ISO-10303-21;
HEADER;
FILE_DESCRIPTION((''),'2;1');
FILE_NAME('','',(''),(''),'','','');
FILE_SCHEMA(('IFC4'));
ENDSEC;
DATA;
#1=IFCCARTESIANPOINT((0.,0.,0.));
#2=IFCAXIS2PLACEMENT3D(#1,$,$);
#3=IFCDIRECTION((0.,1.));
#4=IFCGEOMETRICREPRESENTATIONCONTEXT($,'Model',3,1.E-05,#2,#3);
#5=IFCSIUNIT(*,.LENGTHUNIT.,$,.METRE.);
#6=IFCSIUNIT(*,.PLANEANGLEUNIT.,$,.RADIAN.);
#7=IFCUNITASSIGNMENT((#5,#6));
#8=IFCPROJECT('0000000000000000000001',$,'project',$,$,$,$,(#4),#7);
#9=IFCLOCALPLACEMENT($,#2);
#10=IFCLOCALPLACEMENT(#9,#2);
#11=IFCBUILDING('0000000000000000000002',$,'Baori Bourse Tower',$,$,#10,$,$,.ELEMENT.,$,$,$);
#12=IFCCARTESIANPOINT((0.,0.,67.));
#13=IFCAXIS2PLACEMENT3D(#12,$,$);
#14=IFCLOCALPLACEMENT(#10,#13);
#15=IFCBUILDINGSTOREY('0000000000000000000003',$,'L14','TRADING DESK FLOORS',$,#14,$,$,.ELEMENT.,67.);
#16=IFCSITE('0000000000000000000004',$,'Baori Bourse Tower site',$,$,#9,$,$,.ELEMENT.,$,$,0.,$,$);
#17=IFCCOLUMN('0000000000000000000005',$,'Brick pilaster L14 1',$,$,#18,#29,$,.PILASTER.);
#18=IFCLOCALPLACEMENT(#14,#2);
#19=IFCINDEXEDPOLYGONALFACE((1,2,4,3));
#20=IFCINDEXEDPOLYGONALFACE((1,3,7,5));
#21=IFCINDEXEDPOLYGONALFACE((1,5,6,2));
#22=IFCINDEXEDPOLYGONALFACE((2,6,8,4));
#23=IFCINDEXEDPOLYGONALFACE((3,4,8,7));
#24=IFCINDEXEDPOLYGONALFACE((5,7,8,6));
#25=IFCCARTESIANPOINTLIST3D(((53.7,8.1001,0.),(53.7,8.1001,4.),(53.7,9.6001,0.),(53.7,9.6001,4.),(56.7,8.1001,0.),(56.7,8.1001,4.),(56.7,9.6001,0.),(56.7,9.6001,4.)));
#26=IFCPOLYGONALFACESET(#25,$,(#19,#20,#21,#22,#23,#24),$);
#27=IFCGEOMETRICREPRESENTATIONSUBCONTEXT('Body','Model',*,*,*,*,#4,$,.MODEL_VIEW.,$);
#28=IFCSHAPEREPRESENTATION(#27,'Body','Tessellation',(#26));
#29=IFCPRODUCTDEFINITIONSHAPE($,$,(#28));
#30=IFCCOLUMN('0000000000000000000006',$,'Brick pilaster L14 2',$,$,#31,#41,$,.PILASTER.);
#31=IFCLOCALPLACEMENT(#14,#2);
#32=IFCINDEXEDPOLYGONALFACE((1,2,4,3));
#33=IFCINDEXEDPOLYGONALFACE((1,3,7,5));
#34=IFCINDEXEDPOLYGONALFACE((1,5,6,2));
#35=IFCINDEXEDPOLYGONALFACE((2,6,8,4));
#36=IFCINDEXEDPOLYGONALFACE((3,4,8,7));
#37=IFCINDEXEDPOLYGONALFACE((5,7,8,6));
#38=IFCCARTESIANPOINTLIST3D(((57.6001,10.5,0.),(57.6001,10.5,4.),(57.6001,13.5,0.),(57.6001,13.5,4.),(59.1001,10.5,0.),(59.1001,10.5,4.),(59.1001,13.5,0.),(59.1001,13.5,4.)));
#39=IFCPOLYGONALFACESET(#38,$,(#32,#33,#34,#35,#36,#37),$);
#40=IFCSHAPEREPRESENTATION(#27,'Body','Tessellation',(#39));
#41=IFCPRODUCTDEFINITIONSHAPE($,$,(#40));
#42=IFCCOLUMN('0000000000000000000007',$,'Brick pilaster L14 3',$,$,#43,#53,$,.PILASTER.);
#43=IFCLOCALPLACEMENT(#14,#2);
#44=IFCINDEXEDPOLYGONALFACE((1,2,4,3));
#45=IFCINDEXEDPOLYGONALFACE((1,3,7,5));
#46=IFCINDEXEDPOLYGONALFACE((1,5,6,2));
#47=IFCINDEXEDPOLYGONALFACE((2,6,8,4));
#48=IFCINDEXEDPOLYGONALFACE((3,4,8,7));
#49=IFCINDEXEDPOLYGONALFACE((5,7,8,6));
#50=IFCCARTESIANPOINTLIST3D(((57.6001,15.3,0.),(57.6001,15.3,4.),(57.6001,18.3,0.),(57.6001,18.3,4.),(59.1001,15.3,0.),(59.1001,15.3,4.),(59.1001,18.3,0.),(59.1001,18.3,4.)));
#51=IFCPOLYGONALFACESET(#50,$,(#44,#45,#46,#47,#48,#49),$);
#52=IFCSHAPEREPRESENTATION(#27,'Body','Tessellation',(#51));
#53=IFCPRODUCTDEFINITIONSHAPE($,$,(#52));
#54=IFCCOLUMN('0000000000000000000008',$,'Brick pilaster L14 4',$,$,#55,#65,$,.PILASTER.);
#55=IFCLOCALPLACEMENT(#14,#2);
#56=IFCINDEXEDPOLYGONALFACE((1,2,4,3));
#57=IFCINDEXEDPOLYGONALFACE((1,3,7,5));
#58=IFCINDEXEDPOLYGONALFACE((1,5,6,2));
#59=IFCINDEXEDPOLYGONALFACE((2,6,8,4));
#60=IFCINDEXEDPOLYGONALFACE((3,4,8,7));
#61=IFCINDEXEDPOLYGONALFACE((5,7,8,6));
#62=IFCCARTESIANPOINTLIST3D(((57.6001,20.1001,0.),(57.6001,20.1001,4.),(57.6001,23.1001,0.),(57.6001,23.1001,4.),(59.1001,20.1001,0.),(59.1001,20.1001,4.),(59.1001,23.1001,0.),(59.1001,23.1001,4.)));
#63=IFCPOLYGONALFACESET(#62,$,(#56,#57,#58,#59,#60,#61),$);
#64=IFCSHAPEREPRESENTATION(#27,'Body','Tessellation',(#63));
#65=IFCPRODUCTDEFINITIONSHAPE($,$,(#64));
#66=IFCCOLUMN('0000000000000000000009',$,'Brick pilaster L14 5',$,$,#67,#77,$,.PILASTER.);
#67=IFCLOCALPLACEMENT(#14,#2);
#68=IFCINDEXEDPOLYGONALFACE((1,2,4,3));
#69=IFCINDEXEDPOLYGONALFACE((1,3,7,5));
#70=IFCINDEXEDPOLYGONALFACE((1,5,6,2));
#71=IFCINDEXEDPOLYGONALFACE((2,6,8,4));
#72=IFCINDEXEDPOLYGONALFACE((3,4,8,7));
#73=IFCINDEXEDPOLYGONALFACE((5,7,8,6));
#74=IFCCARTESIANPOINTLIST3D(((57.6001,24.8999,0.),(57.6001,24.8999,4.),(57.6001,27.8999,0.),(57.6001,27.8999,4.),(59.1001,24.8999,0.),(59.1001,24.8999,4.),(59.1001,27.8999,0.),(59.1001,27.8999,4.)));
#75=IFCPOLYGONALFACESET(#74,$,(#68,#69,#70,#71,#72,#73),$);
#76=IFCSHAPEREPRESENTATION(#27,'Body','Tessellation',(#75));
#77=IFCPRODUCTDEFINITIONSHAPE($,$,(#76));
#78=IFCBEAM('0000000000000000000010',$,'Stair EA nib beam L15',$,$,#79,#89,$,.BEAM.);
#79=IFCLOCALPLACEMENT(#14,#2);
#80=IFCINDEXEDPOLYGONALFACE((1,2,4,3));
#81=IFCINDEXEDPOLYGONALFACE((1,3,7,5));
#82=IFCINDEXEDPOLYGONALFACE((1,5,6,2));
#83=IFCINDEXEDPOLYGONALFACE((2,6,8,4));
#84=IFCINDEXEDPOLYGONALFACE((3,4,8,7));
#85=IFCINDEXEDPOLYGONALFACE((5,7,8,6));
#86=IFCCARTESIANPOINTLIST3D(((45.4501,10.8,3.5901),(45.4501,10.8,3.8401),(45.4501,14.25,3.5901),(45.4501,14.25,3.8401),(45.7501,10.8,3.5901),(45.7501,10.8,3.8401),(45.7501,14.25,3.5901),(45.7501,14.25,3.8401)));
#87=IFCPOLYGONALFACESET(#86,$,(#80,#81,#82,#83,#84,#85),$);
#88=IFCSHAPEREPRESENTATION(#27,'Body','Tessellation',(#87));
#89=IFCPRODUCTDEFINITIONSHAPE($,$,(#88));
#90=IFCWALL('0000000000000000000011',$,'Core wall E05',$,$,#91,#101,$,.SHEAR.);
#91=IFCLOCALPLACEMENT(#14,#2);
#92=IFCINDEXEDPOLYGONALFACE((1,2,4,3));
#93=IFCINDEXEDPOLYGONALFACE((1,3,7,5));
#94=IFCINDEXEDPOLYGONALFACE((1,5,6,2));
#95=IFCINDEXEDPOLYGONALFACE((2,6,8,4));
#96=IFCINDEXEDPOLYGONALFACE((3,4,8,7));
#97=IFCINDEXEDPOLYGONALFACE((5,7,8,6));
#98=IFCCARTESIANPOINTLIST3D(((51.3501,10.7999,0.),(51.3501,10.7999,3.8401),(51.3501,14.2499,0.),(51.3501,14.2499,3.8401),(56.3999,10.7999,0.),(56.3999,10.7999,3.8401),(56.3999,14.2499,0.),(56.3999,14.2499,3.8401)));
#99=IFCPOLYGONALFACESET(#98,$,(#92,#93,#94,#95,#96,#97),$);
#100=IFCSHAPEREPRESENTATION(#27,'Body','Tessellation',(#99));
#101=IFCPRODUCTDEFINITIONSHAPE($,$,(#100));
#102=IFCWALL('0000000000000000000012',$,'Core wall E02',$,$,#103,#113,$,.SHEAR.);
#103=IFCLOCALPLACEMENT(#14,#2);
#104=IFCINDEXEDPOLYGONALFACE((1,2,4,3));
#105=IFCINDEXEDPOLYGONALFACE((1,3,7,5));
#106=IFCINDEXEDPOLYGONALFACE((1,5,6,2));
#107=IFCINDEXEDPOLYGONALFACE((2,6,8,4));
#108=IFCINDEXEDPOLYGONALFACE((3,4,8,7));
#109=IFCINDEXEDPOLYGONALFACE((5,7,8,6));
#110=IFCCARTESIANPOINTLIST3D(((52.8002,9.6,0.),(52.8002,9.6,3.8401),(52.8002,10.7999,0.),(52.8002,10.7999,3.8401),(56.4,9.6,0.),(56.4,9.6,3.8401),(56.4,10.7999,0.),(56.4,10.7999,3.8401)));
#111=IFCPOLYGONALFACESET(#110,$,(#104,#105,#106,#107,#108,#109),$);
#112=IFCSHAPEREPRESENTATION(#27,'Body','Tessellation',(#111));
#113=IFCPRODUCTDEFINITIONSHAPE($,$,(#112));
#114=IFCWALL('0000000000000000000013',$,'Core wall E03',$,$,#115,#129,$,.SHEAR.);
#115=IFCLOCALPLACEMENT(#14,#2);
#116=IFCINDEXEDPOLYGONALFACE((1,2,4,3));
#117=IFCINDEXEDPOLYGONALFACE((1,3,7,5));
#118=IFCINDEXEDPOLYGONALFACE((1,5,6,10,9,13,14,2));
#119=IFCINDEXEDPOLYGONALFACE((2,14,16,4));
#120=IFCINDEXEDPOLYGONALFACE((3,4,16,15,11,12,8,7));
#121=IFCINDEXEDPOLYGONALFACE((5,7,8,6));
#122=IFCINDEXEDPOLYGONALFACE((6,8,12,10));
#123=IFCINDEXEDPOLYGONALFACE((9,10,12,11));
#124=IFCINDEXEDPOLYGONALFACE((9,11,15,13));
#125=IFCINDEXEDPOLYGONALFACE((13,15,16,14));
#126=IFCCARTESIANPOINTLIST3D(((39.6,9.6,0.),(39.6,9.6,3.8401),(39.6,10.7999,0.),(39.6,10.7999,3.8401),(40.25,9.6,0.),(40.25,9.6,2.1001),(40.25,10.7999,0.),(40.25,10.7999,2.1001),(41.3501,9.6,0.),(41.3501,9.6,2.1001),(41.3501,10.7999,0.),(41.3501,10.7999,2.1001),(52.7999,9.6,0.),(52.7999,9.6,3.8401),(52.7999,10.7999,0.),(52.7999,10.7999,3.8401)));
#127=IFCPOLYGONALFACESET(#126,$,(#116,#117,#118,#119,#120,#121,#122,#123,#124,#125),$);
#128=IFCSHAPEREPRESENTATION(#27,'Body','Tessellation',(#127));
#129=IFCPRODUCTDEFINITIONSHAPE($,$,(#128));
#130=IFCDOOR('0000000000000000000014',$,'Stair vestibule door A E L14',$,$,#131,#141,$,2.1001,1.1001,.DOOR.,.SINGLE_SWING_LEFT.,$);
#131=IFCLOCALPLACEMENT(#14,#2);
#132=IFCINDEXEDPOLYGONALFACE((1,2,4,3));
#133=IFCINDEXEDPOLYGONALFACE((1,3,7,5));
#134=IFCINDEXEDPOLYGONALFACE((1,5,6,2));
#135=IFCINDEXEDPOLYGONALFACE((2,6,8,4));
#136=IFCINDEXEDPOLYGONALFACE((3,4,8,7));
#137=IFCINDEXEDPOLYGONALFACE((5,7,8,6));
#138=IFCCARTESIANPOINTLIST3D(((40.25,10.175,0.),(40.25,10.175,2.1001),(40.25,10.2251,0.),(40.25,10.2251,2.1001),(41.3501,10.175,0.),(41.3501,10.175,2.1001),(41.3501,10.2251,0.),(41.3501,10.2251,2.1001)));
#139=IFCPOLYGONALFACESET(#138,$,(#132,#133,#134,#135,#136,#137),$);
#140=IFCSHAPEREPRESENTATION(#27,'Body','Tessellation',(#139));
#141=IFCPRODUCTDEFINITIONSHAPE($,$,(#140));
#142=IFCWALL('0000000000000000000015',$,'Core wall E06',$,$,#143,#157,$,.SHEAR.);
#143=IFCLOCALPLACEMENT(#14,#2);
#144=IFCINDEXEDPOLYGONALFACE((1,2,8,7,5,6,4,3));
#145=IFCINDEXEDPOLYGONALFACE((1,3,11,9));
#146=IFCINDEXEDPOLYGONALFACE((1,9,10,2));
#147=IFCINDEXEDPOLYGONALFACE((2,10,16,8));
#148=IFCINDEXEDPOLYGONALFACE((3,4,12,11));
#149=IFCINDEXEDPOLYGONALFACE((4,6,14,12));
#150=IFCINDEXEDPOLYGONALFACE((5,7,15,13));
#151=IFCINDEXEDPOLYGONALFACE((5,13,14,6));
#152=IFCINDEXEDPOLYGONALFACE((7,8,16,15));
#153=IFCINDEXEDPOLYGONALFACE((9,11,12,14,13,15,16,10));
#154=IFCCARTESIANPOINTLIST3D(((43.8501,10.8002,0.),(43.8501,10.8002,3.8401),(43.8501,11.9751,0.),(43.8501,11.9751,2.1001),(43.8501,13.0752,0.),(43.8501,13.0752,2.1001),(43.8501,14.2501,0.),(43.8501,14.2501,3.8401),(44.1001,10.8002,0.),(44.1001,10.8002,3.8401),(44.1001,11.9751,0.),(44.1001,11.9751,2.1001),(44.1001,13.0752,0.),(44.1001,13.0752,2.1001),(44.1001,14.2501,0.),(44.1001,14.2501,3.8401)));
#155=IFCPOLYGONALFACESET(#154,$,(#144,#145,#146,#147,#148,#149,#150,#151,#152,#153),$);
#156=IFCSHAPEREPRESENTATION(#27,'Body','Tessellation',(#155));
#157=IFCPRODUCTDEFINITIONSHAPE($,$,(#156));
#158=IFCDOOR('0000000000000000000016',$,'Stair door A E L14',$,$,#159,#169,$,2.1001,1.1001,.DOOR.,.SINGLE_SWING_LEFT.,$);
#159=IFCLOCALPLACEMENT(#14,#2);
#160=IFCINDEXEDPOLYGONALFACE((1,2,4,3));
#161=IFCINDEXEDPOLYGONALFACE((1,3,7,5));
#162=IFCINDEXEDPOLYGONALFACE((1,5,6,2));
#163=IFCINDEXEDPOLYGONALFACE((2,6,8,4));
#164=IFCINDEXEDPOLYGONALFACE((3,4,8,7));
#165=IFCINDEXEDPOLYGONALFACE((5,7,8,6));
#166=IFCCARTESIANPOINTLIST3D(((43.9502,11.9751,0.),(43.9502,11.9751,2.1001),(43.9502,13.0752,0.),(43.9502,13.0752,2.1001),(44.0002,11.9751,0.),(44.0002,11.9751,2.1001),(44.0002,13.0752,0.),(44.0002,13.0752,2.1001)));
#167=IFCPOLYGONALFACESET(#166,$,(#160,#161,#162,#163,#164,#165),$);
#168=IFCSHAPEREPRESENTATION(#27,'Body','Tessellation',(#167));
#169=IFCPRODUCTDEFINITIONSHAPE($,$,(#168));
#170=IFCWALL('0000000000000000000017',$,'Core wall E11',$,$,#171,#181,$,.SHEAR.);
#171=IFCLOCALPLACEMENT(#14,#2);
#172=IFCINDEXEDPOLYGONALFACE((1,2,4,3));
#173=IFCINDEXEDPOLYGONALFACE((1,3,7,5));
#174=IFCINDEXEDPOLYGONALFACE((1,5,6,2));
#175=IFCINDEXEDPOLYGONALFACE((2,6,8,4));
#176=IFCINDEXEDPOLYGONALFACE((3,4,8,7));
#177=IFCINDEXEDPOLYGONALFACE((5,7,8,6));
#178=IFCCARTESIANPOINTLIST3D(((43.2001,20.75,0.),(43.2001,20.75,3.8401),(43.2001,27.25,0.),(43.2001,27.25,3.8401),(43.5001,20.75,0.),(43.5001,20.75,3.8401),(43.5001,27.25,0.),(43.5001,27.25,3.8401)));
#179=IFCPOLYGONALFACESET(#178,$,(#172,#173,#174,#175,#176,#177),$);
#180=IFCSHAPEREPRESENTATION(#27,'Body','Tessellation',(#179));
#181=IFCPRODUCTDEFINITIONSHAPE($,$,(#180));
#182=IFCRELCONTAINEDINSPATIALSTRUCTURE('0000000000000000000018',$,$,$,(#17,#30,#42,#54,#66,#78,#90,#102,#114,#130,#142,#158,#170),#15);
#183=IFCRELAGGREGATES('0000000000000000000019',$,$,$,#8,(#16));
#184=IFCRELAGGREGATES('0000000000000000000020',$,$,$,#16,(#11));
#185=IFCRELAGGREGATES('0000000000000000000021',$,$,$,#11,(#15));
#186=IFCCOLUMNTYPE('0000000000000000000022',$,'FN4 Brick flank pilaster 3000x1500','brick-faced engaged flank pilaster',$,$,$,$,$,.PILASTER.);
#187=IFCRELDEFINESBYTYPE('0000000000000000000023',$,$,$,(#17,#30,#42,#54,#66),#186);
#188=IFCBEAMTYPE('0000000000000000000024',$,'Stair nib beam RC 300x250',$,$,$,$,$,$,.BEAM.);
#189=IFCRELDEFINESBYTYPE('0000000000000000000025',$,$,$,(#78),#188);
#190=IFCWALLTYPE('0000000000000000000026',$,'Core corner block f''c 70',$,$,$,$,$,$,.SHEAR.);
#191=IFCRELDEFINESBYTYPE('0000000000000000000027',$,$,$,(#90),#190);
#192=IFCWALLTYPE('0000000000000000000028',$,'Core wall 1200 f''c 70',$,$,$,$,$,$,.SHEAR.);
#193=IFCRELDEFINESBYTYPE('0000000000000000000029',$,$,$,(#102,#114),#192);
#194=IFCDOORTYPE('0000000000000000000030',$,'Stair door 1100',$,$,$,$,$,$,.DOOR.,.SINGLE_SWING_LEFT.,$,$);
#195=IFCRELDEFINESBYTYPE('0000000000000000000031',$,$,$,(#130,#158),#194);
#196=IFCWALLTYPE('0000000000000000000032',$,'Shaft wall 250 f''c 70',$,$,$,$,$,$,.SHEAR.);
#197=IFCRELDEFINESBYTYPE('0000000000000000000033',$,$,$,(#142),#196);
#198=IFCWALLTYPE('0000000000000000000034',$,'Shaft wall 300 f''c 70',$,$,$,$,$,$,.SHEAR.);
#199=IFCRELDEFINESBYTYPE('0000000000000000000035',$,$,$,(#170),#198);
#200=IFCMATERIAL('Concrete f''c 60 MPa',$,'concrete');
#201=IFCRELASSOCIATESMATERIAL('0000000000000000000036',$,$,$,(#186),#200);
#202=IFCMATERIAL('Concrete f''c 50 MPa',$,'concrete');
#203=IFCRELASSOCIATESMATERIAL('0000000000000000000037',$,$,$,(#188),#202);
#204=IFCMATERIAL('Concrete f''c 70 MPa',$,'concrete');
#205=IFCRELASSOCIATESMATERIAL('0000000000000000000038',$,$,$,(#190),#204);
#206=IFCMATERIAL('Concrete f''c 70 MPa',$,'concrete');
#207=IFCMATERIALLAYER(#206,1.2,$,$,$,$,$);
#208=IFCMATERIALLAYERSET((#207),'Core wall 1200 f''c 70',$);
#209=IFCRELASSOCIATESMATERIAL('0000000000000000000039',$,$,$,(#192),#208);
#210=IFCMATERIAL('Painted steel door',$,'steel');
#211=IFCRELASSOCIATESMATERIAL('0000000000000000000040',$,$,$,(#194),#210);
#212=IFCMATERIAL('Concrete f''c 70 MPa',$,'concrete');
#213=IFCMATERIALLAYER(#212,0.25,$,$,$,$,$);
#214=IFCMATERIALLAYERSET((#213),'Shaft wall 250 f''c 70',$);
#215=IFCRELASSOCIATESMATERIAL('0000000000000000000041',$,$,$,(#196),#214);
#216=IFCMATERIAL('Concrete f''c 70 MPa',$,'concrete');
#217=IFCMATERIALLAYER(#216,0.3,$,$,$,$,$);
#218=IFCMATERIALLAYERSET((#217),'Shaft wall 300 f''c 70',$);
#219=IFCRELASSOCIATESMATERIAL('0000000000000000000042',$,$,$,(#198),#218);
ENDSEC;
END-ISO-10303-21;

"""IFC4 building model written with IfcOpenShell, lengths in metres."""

from ifc_helpers import new_model, si_unit, direction, frame, frame_2d, origin, origin_2d, place, context, subcontext, project, spatial, rectangle, extrude, material, layer, layer_set, material_profile, profile_set, type_object, element, fill, save


model = new_model("IFC4")

# Units and contexts
model_context = context("Model", 3, precision=1e-05, world=origin(), true_north=direction((0.0, 1.0)))
body_context = subcontext(model_context, "Body", "Model", "MODEL_VIEW")
ifc_project = project(units=[si_unit("LENGTHUNIT", "METRE"), si_unit("PLANEANGLEUNIT", "RADIAN")], contexts=[model_context])

# Site, building, storey
site_placement = place(None, origin())
site = spatial("IfcSite", under=ifc_project, at=site_placement, Name="Baori Bourse Tower site", CompositionType="ELEMENT", RefElevation=0.0)
building_placement = place(site_placement, origin())
building = spatial("IfcBuilding", under=site, at=building_placement, Name="Baori Bourse Tower", CompositionType="ELEMENT")
storey_placement = place(building_placement, frame((0.0, 0.0, 67.0)))
storey = spatial("IfcBuildingStorey", under=building, at=storey_placement, Name="L14", Description="TRADING DESK FLOORS", CompositionType="ELEMENT", Elevation=67.0)

# Columns
ifc_material_1 = material(Name="Concrete f'c 60 MPa", Category="concrete")
ifc_material_profile_1 = material_profile(ifc_material_1, rectangle(XDim=3.0, YDim=1.5, at=origin_2d()), Name="RC 3000x1500")
ifc_profile_set_1 = profile_set([ifc_material_profile_1], Name="Concrete f'c 60 MPa")
column_type = type_object("IfcColumnType", Name="FN4 Brick flank pilaster 3000x1500", Description="brick-faced engaged flank pilaster", PredefinedType="PILASTER", material=ifc_profile_set_1)
for number, where, z_axis, x_axis, name in (
    (1, (55.2, 8.8501, 0.0), (0.0, 0.0, 1.0), (1.0, 0.0, 0.0), "Brick pilaster L14 1"),
    (2, (58.3501, 12.0, 0.0), (0.0, 0.0, 1.0), (0.0, 1.0, 0.0), "Brick pilaster L14 2"),
    (3, (58.3501, 16.8, 0.0), (0.0, 0.0, 1.0), (0.0, 1.0, 0.0), "Brick pilaster L14 3"),
    (4, (58.3501, 21.6001, 0.0), (0.0, 0.0, 1.0), (0.0, 1.0, 0.0), "Brick pilaster L14 4"),
    (5, (58.3501, 26.3999, 0.0), (0.0, 0.0, 1.0), (0.0, 1.0, 0.0), "Brick pilaster L14 5"),
):
    element("IfcColumn", number, at=place(storey_placement, frame(where, z_axis=z_axis, x_axis=x_axis)), inside=storey, type_object=column_type, Name=name, PredefinedType="PILASTER", context=body_context, shape_type="SweptSolid", body=[
        extrude(rectangle(XDim=3.0, YDim=1.5, at=origin_2d()), origin(), (0.0, 0.0, 1.0), 4.0),
    ])

# Beam
ifc_material_2 = material(Name="Concrete f'c 50 MPa", Category="concrete")
ifc_material_profile_2 = material_profile(ifc_material_2, rectangle(XDim=0.3, YDim=0.25, at=origin_2d()), Name="RC 300x250")
ifc_profile_set_2 = profile_set([ifc_material_profile_2], Name="Concrete f'c 50 MPa")
beam_type = type_object("IfcBeamType", Name="Stair nib beam RC 300x250", PredefinedType="BEAM", material=ifc_profile_set_2)
beam_placement = place(storey_placement, frame((45.6001, 10.8, 3.7151), z_axis=(0.0, 1.0, 0.0), x_axis=(-1.0, 0.0, 0.0)))
element("IfcBeam", 6, at=beam_placement, inside=storey, type_object=beam_type, Name="Stair EA nib beam L15", PredefinedType="BEAM", context=body_context, shape_type="SweptSolid", body=[
    extrude(rectangle(XDim=0.3, YDim=0.25, at=origin_2d()), origin(), (0.0, 0.0, 1.0), 3.45),
])

# Walls
ifc_material_3 = material(Name="Concrete f'c 70 MPa", Category="concrete")
wall_type_1 = type_object("IfcWallType", Name="Core corner block f'c 70", PredefinedType="SHEAR", material=ifc_material_3)
wall_1_placement = place(storey_placement, frame((51.3501, 12.5249, 0.0), z_axis=(0.0, 0.0, 1.0), x_axis=(1.0, 0.0, 0.0)))
element("IfcWall", 7, at=wall_1_placement, inside=storey, type_object=wall_type_1, Name="Core wall E05", PredefinedType="SHEAR", context=body_context, shape_type="SweptSolid", body=[
    extrude(rectangle(XDim=5.0498, YDim=3.45, at=frame_2d((2.5249, 0.0))), origin(), (0.0, 0.0, 1.0), 3.8401),
])
ifc_material_4 = material(Name="Concrete f'c 70 MPa", Category="concrete")
ifc_layer_1 = layer(ifc_material_4, 1.2)
ifc_layer_set_1 = layer_set([ifc_layer_1], Name="Core wall 1200 f'c 70")
wall_type_2 = type_object("IfcWallType", Name="Core wall 1200 f'c 70", PredefinedType="SHEAR", material=ifc_layer_set_1)
wall_2_placement = place(storey_placement, frame((56.3999, 10.2, 0.0), z_axis=(0.0, 0.0, 1.0), x_axis=(-1.0, 0.0, 0.0)))
element("IfcWall", 8, at=wall_2_placement, inside=storey, type_object=wall_type_2, Name="Core wall E02", PredefinedType="SHEAR", context=body_context, shape_type="SweptSolid", body=[
    extrude(rectangle(XDim=3.5999, YDim=1.2, at=frame_2d((1.7998, 0.0))), origin(), (0.0, 0.0, 1.0), 3.8401),
])

# Walls, openings, doors
wall_3_placement = place(storey_placement, frame((52.8, 10.2, 0.0), z_axis=(0.0, 0.0, 1.0), x_axis=(-1.0, 0.0, 0.0)))
wall_3 = element("IfcWall", 9, at=wall_3_placement, inside=storey, type_object=wall_type_2, Name="Core wall E03", PredefinedType="SHEAR", context=body_context, shape_type="SweptSolid", body=[
    extrude(rectangle(XDim=13.2, YDim=1.2, at=frame_2d((6.6001, 0.0))), origin(), (0.0, 0.0, 1.0), 3.8401),
])
opening_1_placement = place(wall_3_placement, frame((11.45, 0.0, 0.0)))
opening_1 = element("IfcOpeningElement", 10, at=opening_1_placement, cuts=wall_3, PredefinedType="OPENING", context=body_context, shape_type="SweptSolid", body=[
    extrude(rectangle(XDim=1.1001, YDim=2.1001, at=frame_2d((0.55, 1.05))), frame((0.0, 0.6099, 0.0), z_axis=(0.0, -1.0, 0.0), x_axis=(1.0, 0.0, 0.0)), (0.0, 0.0, 1.0), 1.22),
])
ifc_material_5 = material(Name="Painted steel door", Category="steel")
door_type_1 = type_object("IfcDoorType", Name="Stair door 1100", OperationType="SINGLE_SWING_LEFT", PredefinedType="DOOR", material=ifc_material_5)
door_1_placement = place(opening_1_placement, origin())
door_1 = element("IfcDoor", 11, at=door_1_placement, inside=storey, type_object=door_type_1, Name="Stair vestibule door A E L14", OperationType="SINGLE_SWING_LEFT", OverallHeight=2.1001, OverallWidth=1.1001, PredefinedType="DOOR", context=body_context, shape_type="SweptSolid", body=[
    extrude(rectangle(XDim=1.1001, YDim=2.1001, at=frame_2d((0.55, 1.05))), frame((0.0, 0.0249, 0.0), z_axis=(0.0, -1.0, 0.0), x_axis=(1.0, 0.0, 0.0)), (0.0, 0.0, 1.0), 0.05),
])
fill(opening_1, door_1)
ifc_material_6 = material(Name="Concrete f'c 70 MPa", Category="concrete")
ifc_layer_2 = layer(ifc_material_6, 0.25)
ifc_layer_set_2 = layer_set([ifc_layer_2], Name="Shaft wall 250 f'c 70")
wall_type_3 = type_object("IfcWallType", Name="Shaft wall 250 f'c 70", PredefinedType="SHEAR", material=ifc_layer_set_2)
wall_4_placement = place(storey_placement, frame((43.9751, 10.8, 0.0), z_axis=(0.0, 0.0, 1.0), x_axis=(0.0, 1.0, 0.0)))
wall_4 = element("IfcWall", 12, at=wall_4_placement, inside=storey, type_object=wall_type_3, Name="Core wall E06", PredefinedType="SHEAR", context=body_context, shape_type="SweptSolid", body=[
    extrude(rectangle(XDim=3.45, YDim=0.25, at=frame_2d((1.7251, 0.0))), origin(), (0.0, 0.0, 1.0), 3.8401),
])
opening_2_placement = place(wall_4_placement, frame((1.175, 0.0, 0.0)))
opening_2 = element("IfcOpeningElement", 13, at=opening_2_placement, cuts=wall_4, PredefinedType="OPENING", context=body_context, shape_type="SweptSolid", body=[
    extrude(rectangle(XDim=1.1001, YDim=2.1001, at=frame_2d((0.55, 1.05))), frame((0.0, 0.135, 0.0), z_axis=(0.0, -1.0, 0.0), x_axis=(1.0, 0.0, 0.0)), (0.0, 0.0, 1.0), 0.27),
])
door_2_placement = place(opening_2_placement, origin())
door_2 = element("IfcDoor", 14, at=door_2_placement, inside=storey, type_object=door_type_1, Name="Stair door A E L14", OperationType="SINGLE_SWING_LEFT", OverallHeight=2.1001, OverallWidth=1.1001, PredefinedType="DOOR", context=body_context, shape_type="SweptSolid", body=[
    extrude(rectangle(XDim=1.1001, YDim=2.1001, at=frame_2d((0.55, 1.05))), frame((0.0, 0.0249, 0.0), z_axis=(0.0, -1.0, 0.0), x_axis=(1.0, 0.0, 0.0)), (0.0, 0.0, 1.0), 0.05),
])
fill(opening_2, door_2)

# Wall
ifc_material_7 = material(Name="Concrete f'c 70 MPa", Category="concrete")
ifc_layer_3 = layer(ifc_material_7, 0.3)
ifc_layer_set_3 = layer_set([ifc_layer_3], Name="Shaft wall 300 f'c 70")
wall_type_4 = type_object("IfcWallType", Name="Shaft wall 300 f'c 70", PredefinedType="SHEAR", material=ifc_layer_set_3)
wall_5_placement = place(storey_placement, frame((43.3501, 20.75, 0.0), z_axis=(0.0, 0.0, 1.0), x_axis=(0.0, 1.0, 0.0)))
element("IfcWall", 15, at=wall_5_placement, inside=storey, type_object=wall_type_4, Name="Core wall E11", PredefinedType="SHEAR", context=body_context, shape_type="SweptSolid", body=[
    extrude(rectangle(XDim=6.5, YDim=0.3, at=frame_2d((3.25, 0.0))), origin(), (0.0, 0.0, 1.0), 3.8401),
])

save(model, "model.ifc")
